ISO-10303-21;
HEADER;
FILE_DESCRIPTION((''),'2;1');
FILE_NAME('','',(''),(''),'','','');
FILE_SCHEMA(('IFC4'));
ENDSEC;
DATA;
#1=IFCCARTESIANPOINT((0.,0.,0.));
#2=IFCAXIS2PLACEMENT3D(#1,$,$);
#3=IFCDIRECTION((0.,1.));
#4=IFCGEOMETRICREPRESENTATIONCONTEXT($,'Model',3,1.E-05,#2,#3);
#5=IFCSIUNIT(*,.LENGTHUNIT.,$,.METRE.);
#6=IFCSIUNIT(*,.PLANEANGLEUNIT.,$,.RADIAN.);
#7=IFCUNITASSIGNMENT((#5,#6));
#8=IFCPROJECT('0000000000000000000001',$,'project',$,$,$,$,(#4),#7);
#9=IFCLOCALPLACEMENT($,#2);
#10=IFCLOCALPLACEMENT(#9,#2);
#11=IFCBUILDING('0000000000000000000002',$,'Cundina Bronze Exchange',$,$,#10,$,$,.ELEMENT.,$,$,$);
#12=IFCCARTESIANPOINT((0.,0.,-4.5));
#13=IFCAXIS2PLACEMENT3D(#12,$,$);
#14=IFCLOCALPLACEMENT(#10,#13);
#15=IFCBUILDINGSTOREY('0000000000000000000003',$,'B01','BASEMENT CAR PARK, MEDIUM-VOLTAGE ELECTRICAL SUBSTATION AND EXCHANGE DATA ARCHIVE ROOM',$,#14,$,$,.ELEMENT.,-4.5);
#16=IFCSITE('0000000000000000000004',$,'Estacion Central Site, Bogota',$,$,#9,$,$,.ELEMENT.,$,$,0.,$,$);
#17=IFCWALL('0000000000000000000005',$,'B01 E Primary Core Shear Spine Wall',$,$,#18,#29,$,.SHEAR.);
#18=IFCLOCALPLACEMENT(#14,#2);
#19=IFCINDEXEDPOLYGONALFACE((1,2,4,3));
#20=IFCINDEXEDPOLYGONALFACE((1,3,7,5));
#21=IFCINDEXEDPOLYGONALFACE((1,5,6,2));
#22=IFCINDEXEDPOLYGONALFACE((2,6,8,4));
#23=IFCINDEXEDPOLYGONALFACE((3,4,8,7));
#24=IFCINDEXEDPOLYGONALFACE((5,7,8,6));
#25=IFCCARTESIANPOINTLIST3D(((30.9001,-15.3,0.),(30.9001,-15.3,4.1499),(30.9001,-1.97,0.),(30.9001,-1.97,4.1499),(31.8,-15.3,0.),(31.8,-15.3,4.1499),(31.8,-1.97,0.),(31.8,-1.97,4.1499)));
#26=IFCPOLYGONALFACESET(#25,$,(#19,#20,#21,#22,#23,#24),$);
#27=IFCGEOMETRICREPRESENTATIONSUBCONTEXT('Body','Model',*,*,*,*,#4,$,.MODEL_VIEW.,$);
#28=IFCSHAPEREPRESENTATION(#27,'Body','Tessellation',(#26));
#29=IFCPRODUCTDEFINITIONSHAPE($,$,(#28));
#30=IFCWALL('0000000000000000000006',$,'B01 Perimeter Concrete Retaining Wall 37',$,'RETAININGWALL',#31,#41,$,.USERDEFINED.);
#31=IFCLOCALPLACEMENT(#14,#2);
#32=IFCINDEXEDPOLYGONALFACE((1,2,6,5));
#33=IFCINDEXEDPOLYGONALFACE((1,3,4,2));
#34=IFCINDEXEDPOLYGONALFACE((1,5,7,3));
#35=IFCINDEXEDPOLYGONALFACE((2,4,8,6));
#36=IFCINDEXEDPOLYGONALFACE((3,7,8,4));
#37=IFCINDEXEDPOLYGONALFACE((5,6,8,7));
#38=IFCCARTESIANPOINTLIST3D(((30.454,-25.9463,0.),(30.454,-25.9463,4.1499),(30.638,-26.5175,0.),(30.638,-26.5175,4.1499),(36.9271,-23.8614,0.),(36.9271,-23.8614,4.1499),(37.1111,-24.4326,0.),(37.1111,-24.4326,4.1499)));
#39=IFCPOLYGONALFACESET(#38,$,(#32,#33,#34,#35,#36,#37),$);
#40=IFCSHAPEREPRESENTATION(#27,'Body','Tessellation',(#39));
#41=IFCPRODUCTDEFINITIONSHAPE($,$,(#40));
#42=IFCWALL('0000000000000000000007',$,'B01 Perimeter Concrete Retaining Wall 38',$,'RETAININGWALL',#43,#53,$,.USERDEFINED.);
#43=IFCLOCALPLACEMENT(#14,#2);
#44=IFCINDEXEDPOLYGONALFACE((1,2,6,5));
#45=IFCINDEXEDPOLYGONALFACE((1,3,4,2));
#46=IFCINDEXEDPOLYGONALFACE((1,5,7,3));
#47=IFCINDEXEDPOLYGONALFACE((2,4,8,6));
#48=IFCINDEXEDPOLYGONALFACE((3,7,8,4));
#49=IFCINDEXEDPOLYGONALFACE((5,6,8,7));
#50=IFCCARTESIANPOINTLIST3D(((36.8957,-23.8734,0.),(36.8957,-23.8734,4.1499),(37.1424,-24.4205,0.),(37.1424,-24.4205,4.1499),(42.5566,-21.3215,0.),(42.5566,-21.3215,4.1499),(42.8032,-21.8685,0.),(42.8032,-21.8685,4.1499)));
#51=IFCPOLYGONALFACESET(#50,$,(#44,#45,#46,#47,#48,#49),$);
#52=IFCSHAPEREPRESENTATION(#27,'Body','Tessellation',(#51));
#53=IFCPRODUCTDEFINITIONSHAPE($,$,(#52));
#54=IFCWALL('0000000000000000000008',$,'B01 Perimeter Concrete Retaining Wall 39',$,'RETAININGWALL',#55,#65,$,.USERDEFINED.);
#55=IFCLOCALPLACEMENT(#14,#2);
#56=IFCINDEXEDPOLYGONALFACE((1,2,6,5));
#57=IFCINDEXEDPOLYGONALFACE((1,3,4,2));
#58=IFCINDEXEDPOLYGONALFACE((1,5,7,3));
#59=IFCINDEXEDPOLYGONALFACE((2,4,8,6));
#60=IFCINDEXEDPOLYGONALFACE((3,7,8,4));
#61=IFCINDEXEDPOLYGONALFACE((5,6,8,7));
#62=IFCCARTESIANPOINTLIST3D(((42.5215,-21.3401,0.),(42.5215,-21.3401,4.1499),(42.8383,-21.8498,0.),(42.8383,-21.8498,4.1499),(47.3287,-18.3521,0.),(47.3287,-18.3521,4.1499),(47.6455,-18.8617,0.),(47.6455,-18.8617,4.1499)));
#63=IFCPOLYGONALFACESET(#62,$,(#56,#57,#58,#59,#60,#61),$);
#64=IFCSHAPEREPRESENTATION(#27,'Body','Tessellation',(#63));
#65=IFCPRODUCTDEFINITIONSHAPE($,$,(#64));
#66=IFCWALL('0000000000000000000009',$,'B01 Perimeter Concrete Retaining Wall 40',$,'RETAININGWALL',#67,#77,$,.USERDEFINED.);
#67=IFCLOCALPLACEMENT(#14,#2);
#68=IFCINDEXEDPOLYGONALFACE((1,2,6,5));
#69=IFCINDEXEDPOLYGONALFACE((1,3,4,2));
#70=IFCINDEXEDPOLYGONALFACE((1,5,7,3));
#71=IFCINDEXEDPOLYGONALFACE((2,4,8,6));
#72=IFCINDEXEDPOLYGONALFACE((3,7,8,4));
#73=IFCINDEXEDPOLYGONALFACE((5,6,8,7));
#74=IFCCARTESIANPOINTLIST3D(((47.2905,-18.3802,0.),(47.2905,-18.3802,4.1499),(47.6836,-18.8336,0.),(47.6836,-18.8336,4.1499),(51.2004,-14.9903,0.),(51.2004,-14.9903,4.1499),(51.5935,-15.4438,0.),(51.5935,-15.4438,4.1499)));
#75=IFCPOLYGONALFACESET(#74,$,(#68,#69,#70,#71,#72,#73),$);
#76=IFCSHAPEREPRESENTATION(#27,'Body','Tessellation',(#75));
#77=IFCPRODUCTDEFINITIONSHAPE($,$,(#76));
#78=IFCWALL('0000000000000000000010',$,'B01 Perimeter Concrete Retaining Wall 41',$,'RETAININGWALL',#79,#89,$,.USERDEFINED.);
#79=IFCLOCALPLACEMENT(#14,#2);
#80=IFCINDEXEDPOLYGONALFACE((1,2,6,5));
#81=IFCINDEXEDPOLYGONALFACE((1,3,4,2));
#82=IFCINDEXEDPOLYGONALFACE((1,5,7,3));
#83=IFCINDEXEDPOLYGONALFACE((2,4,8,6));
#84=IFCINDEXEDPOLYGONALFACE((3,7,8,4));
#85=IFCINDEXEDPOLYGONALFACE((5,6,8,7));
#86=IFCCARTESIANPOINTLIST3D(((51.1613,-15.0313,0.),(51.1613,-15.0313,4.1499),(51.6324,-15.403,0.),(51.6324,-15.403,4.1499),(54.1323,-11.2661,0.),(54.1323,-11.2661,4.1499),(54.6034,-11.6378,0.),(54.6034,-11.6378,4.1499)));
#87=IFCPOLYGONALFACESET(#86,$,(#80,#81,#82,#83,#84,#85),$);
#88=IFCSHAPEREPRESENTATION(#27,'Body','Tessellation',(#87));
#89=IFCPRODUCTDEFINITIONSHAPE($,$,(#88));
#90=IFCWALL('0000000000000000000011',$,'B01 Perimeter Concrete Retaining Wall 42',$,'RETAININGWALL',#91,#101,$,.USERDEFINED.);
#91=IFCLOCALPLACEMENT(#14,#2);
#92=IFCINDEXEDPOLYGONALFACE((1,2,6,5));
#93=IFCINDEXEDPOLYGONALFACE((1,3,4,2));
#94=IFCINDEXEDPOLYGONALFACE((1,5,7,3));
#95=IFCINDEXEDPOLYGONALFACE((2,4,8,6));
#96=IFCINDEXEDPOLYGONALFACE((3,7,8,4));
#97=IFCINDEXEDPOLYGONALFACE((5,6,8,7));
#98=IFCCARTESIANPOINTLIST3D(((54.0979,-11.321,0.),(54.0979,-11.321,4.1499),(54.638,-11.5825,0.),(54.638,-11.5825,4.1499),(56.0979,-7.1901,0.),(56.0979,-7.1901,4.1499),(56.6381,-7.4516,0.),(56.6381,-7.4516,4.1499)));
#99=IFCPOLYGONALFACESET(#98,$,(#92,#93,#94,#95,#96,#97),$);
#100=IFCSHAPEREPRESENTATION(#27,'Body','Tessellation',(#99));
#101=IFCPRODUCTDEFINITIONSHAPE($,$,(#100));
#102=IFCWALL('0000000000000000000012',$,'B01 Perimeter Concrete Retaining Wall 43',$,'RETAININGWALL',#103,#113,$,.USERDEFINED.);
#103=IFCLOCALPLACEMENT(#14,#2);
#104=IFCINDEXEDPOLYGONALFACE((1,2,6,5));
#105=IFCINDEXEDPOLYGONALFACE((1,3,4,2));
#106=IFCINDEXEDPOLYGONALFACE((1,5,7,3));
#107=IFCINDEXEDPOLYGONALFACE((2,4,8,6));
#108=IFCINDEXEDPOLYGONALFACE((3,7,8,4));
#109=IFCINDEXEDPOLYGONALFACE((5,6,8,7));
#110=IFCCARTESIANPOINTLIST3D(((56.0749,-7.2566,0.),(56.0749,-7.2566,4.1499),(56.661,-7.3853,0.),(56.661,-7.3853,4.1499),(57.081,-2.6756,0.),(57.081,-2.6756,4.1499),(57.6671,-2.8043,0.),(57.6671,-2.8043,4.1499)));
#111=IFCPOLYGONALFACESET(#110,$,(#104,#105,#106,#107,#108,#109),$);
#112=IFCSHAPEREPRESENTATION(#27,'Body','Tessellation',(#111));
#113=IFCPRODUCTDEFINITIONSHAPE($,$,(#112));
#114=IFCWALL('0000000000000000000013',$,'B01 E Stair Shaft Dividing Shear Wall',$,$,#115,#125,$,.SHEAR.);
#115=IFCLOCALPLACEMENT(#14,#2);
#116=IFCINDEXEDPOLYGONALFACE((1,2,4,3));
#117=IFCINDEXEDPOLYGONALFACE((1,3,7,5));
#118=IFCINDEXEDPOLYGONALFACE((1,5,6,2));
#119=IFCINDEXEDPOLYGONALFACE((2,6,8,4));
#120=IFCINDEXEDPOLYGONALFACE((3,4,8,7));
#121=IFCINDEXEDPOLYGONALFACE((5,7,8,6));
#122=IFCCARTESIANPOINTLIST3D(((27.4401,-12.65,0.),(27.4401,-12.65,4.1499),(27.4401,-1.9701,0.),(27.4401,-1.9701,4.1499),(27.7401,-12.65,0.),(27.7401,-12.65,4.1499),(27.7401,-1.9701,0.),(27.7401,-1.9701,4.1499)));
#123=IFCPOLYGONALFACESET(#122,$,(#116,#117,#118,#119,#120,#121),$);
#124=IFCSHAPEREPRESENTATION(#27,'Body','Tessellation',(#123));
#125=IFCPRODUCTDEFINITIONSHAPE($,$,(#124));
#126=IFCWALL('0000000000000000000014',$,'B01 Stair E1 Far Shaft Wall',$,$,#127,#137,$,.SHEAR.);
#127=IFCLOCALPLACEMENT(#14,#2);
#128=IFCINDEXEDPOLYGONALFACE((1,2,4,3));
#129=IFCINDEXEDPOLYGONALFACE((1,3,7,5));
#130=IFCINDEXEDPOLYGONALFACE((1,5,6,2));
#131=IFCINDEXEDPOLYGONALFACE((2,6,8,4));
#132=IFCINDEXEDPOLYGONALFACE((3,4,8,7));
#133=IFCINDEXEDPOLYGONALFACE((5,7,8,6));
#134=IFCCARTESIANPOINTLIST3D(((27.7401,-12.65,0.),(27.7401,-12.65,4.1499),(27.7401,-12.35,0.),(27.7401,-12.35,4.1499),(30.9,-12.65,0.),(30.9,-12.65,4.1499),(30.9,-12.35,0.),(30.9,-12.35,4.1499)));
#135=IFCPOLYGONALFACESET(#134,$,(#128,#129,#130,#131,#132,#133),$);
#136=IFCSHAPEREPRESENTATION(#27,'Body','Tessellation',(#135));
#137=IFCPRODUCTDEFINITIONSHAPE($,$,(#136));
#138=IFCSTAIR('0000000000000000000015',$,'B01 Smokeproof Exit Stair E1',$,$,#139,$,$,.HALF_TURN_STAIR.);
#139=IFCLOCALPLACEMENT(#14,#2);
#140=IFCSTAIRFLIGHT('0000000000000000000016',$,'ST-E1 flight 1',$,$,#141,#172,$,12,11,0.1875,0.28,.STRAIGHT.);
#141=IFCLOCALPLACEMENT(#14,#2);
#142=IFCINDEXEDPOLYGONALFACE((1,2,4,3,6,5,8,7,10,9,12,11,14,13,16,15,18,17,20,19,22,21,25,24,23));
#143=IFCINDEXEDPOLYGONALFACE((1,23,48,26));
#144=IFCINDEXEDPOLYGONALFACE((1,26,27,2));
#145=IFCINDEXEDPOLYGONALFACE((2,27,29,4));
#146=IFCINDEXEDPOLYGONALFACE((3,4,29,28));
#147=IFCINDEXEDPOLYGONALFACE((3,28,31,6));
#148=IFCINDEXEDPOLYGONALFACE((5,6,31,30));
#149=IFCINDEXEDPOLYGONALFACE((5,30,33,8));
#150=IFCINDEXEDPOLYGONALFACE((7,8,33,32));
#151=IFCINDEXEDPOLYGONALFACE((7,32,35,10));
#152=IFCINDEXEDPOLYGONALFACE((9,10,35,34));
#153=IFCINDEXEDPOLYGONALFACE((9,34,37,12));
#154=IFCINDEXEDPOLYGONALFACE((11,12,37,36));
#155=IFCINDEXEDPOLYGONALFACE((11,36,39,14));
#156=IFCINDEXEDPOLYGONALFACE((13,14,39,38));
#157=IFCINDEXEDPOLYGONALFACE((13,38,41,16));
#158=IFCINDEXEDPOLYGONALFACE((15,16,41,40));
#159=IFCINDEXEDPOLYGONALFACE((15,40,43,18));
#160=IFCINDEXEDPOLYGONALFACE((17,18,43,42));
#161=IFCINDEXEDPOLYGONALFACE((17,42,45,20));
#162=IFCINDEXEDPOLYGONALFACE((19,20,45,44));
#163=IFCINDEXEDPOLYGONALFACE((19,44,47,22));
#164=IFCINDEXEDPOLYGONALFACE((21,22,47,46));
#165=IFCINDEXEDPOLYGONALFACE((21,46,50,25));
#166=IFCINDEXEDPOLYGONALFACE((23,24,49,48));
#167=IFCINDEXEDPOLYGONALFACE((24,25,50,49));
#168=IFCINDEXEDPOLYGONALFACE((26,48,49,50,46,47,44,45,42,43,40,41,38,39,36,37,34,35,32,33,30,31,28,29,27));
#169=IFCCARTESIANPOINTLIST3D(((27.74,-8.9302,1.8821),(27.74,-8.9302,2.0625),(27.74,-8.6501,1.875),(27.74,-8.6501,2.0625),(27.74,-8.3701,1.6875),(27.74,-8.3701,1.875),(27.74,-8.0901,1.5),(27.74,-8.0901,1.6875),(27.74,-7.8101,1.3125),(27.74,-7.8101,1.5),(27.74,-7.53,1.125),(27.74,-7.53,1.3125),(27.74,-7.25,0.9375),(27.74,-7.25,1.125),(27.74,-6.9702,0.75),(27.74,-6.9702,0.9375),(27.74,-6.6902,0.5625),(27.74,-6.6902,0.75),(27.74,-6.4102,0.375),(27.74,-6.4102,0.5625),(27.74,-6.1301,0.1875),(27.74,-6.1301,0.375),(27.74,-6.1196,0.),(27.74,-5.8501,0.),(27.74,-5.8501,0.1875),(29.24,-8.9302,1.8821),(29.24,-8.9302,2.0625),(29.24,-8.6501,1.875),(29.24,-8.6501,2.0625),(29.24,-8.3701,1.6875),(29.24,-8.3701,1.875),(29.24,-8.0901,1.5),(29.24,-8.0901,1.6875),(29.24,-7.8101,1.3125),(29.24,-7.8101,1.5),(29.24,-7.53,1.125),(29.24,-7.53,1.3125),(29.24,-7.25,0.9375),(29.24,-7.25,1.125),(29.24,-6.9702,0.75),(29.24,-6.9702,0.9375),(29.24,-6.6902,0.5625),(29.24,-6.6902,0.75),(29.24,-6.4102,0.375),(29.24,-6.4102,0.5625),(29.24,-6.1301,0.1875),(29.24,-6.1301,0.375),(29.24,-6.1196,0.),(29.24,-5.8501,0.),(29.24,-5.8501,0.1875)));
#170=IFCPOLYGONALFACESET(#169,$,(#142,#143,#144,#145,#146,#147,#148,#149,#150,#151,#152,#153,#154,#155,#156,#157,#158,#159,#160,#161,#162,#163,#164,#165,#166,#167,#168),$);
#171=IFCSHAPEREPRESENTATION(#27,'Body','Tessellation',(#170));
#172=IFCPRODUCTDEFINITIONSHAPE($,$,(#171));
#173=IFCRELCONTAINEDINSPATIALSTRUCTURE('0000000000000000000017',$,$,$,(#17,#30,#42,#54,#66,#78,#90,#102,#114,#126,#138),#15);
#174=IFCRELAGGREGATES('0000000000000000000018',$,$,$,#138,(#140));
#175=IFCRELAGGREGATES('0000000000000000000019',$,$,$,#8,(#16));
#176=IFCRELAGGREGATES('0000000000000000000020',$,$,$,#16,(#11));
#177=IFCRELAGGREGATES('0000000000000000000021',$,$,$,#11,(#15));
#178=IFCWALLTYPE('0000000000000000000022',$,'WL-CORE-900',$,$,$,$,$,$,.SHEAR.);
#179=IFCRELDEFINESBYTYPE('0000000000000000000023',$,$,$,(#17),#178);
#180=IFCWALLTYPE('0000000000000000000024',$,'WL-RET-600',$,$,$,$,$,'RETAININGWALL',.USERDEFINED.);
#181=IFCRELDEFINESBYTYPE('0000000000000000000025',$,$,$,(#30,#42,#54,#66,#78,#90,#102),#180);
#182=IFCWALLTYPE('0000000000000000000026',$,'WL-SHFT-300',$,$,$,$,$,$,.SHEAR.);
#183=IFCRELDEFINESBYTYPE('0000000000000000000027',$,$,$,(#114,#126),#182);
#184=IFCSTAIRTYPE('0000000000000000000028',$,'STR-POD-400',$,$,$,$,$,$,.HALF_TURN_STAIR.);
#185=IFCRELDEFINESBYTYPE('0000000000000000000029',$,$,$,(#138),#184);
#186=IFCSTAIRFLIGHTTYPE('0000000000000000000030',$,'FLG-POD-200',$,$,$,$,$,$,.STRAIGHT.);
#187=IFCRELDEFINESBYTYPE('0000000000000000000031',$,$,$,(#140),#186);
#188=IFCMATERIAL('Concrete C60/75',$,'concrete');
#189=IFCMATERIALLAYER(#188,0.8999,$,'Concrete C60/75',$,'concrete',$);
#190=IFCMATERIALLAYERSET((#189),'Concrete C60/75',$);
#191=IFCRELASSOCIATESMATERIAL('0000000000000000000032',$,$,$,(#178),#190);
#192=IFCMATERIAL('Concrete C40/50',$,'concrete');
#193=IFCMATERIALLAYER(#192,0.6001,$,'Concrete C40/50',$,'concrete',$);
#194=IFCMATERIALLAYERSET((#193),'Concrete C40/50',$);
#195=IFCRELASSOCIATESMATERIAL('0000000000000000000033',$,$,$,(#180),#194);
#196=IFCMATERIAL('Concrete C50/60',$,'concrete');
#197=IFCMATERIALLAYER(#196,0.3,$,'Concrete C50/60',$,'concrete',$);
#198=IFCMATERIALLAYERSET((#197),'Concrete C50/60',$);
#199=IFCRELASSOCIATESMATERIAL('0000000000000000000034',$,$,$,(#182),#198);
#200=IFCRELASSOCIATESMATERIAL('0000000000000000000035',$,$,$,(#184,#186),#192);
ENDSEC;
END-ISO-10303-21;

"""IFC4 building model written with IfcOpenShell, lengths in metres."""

from ifc_helpers import new_model, si_unit, direction, frame, frame_2d, origin, place, context, subcontext, project, spatial, polyline, rectangle, outline, extrude, material, layer, layer_set, type_object, element, aggregate, save


model = new_model("IFC4")

# Units and contexts
model_context = context("Model", 3, precision=1e-05, world=origin(), true_north=direction((0.0, 1.0)))
body_context = subcontext(model_context, "Body", "Model", "MODEL_VIEW")
ifc_project = project(units=[si_unit("LENGTHUNIT", "METRE"), si_unit("PLANEANGLEUNIT", "RADIAN")], contexts=[model_context])

# Site, building, storey
site_placement = place(None, origin())
site = spatial("IfcSite", under=ifc_project, at=site_placement, Name="Estacion Central Site, Bogota", CompositionType="ELEMENT", RefElevation=0.0)
building_placement = place(site_placement, origin())
building = spatial("IfcBuilding", under=site, at=building_placement, Name="Cundina Bronze Exchange", CompositionType="ELEMENT")
storey_placement = place(building_placement, frame((0.0, 0.0, -4.5)))
storey = spatial("IfcBuildingStorey", under=building, at=storey_placement, Name="B01", Description="BASEMENT CAR PARK, MEDIUM-VOLTAGE ELECTRICAL SUBSTATION AND EXCHANGE DATA ARCHIVE ROOM", CompositionType="ELEMENT", Elevation=-4.5)

# Shared definitions
ifc_material_1 = material(Name="Concrete C60/75", Category="concrete")
ifc_material_2 = material(Name="Concrete C50/60", Category="concrete")

# Walls
ifc_layer_1 = layer(ifc_material_1, 0.8999, Name="Concrete C60/75", Category="concrete")
ifc_layer_set_1 = layer_set([ifc_layer_1], Name="Concrete C60/75")
wall_type_1 = type_object("IfcWallType", Name="WL-CORE-900", PredefinedType="SHEAR", material=ifc_layer_set_1)
wall_1_placement = place(storey_placement, frame((31.3501, -15.3, 0.0), z_axis=(0.0, 0.0, 1.0), x_axis=(0.0, 1.0, 0.0)))
element("IfcWall", 1, at=wall_1_placement, inside=storey, type_object=wall_type_1, Name="B01 E Primary Core Shear Spine Wall", PredefinedType="SHEAR", context=body_context, shape_type="SweptSolid", body=[
    extrude(rectangle(XDim=13.3301, YDim=0.8999, at=frame_2d((6.665, 0.0))), origin(), (0.0, 0.0, 1.0), 4.1499),
])
ifc_material_3 = material(Name="Concrete C40/50", Category="concrete")
ifc_layer_2 = layer(ifc_material_3, 0.6001, Name="Concrete C40/50", Category="concrete")
ifc_layer_set_2 = layer_set([ifc_layer_2], Name="Concrete C40/50")
wall_type_2 = type_object("IfcWallType", Name="WL-RET-600", ElementType="RETAININGWALL", PredefinedType="USERDEFINED", material=ifc_layer_set_2)
wall_2_placement = place(storey_placement, frame((30.5459, -26.2319, 0.0), z_axis=(0.0, 0.0, 1.0), x_axis=(0.951844, 0.306583, 0.0)))
element("IfcWall", 2, at=wall_2_placement, inside=storey, type_object=wall_type_2, Name="B01 Perimeter Concrete Retaining Wall 37", ObjectType="RETAININGWALL", PredefinedType="USERDEFINED", context=body_context, shape_type="SweptSolid", body=[
    extrude(rectangle(XDim=6.8005, YDim=0.6001, at=frame_2d((3.4004, 0.0))), origin(), (0.0, 0.0, 1.0), 4.1499),
])
wall_3_placement = place(storey_placement, frame((37.019, -24.147, 0.0), z_axis=(0.0, 0.0, 1.0), x_axis=(0.911644, 0.410981, 0.0)))
element("IfcWall", 3, at=wall_3_placement, inside=storey, type_object=wall_type_2, Name="B01 Perimeter Concrete Retaining Wall 38", ObjectType="RETAININGWALL", PredefinedType="USERDEFINED", context=body_context, shape_type="SweptSolid", body=[
    extrude(rectangle(XDim=6.2095, YDim=0.6001, at=frame_2d((3.1047, 0.0))), origin(), (0.0, 0.0, 1.0), 4.1499),
])
wall_4_placement = place(storey_placement, frame((42.6799, -21.595, 0.0), z_axis=(0.0, 0.0, 1.0), x_axis=(0.849299, 0.527911, 0.0)))
element("IfcWall", 4, at=wall_4_placement, inside=storey, type_object=wall_type_2, Name="B01 Perimeter Concrete Retaining Wall 39", ObjectType="RETAININGWALL", PredefinedType="USERDEFINED", context=body_context, shape_type="SweptSolid", body=[
    extrude(rectangle(XDim=5.6602, YDim=0.6001, at=frame_2d((2.8301, 0.0))), origin(), (0.0, 0.0, 1.0), 4.1499),
])
wall_5_placement = place(storey_placement, frame((47.4871, -18.6069, 0.0), z_axis=(0.0, 0.0, 1.0), x_axis=(0.755565, 0.655074, 0.0)))
element("IfcWall", 5, at=wall_5_placement, inside=storey, type_object=wall_type_2, Name="B01 Perimeter Concrete Retaining Wall 40", ObjectType="RETAININGWALL", PredefinedType="USERDEFINED", context=body_context, shape_type="SweptSolid", body=[
    extrude(rectangle(XDim=5.1748, YDim=0.6001, at=frame_2d((2.5874, 0.0))), origin(), (0.0, 0.0, 1.0), 4.1499),
])
wall_6_placement = place(storey_placement, frame((51.397, -15.217, 0.0), z_axis=(0.0, 0.0, 1.0), x_axis=(0.619448, 0.785038, 0.0)))
element("IfcWall", 6, at=wall_6_placement, inside=storey, type_object=wall_type_2, Name="B01 Perimeter Concrete Retaining Wall 41", ObjectType="RETAININGWALL", PredefinedType="USERDEFINED", context=body_context, shape_type="SweptSolid", body=[
    extrude(rectangle(XDim=4.7961, YDim=0.6001, at=frame_2d((2.3979, 0.0))), origin(), (0.0, 0.0, 1.0), 4.1499),
])
wall_7_placement = place(storey_placement, frame((54.3679, -11.4519, 0.0), z_axis=(0.0, 0.0, 1.0), x_axis=(0.435772, 0.900057, 0.0)))
element("IfcWall", 7, at=wall_7_placement, inside=storey, type_object=wall_type_2, Name="B01 Perimeter Concrete Retaining Wall 42", ObjectType="RETAININGWALL", PredefinedType="USERDEFINED", context=body_context, shape_type="SweptSolid", body=[
    extrude(rectangle(XDim=4.5896, YDim=0.6001, at=frame_2d((2.2949, 0.0))), origin(), (0.0, 0.0, 1.0), 4.1499),
])
wall_8_placement = place(storey_placement, frame((56.3679, -7.321, 0.0), z_axis=(0.0, 0.0, 1.0), x_axis=(0.21451, 0.976722, 0.0)))
element("IfcWall", 8, at=wall_8_placement, inside=storey, type_object=wall_type_2, Name="B01 Perimeter Concrete Retaining Wall 43", ObjectType="RETAININGWALL", PredefinedType="USERDEFINED", context=body_context, shape_type="SweptSolid", body=[
    extrude(rectangle(XDim=4.6902, YDim=0.6001, at=frame_2d((2.3452, 0.0))), origin(), (0.0, 0.0, 1.0), 4.1499),
])
ifc_layer_3 = layer(ifc_material_2, 0.3, Name="Concrete C50/60", Category="concrete")
ifc_layer_set_3 = layer_set([ifc_layer_3], Name="Concrete C50/60")
wall_type_3 = type_object("IfcWallType", Name="WL-SHFT-300", PredefinedType="SHEAR", material=ifc_layer_set_3)
wall_9_placement = place(storey_placement, frame((27.5901, -12.6499, 0.0), z_axis=(0.0, 0.0, 1.0), x_axis=(0.0, 1.0, 0.0)))
element("IfcWall", 9, at=wall_9_placement, inside=storey, type_object=wall_type_3, Name="B01 E Stair Shaft Dividing Shear Wall", PredefinedType="SHEAR", context=body_context, shape_type="SweptSolid", body=[
    extrude(rectangle(XDim=10.6799, YDim=0.3, at=frame_2d((5.3398, 0.0))), origin(), (0.0, 0.0, 1.0), 4.1499),
])
wall_10_placement = place(storey_placement, frame((27.74, -12.5, 0.0), z_axis=(0.0, 0.0, 1.0), x_axis=(1.0, 0.0, 0.0)))
element("IfcWall", 10, at=wall_10_placement, inside=storey, type_object=wall_type_3, Name="B01 Stair E1 Far Shaft Wall", PredefinedType="SHEAR", context=body_context, shape_type="SweptSolid", body=[
    extrude(rectangle(XDim=3.1599, YDim=0.3, at=frame_2d((1.5801, 0.0))), origin(), (0.0, 0.0, 1.0), 4.1499),
])

# Stair, stair flight
stair_type = type_object("IfcStairType", Name="STR-POD-400", PredefinedType="HALF_TURN_STAIR", material=ifc_material_3)
stair_1_placement = place(storey_placement, origin())
stair_1 = element("IfcStair", 11, at=stair_1_placement, inside=storey, type_object=stair_type, Name="B01 Smokeproof Exit Stair E1", PredefinedType="HALF_TURN_STAIR")
stair_flight_type = type_object("IfcStairFlightType", Name="FLG-POD-200", PredefinedType="STRAIGHT", material=ifc_material_3)
stair_flight_1_placement = place(storey_placement, frame((28.49, -5.8501, 0.0), z_axis=(0.0, 0.0, 1.0), x_axis=(0.0, -1.0, 0.0)))
stair_flight_1 = element("IfcStairFlight", 12, at=stair_flight_1_placement, type_object=stair_flight_type, Name="ST-E1 flight 1", NumberOfRisers=12, NumberOfTreads=11, PredefinedType="STRAIGHT", RiserHeight=0.1875, TreadLength=0.28, context=body_context, shape_type="SweptSolid", body=[
    extrude(outline(polyline([(0.0, 0.0), (0.0, 0.1875), (0.28, 0.1875), (0.28, 0.375), (0.5601, 0.375), (0.5601, 0.5625), (0.8401, 0.5625), (0.8401, 0.75), (1.1201, 0.75), (1.1201, 0.9375), (1.3999, 0.9375), (1.3999, 1.125), (1.6799, 1.125), (1.6799, 1.3125), (1.96, 1.3125), (1.96, 1.5), (2.24, 1.5), (2.24, 1.6875), (2.52, 1.6875), (2.52, 1.875), (2.8, 1.875), (2.8, 2.0625), (3.0801, 2.0625), (3.0801, 2.25), (3.0801, 1.8821), (0.2695, 0.0), (0.0, 0.0)])), frame((0.0, 0.75, 0.0), z_axis=(0.0, -1.0, 0.0), x_axis=(1.0, 0.0, 0.0)), (0.0, 0.0, 1.0), 1.5),
])
aggregate(stair_1, [stair_flight_1])

save(model, "model.ifc")
